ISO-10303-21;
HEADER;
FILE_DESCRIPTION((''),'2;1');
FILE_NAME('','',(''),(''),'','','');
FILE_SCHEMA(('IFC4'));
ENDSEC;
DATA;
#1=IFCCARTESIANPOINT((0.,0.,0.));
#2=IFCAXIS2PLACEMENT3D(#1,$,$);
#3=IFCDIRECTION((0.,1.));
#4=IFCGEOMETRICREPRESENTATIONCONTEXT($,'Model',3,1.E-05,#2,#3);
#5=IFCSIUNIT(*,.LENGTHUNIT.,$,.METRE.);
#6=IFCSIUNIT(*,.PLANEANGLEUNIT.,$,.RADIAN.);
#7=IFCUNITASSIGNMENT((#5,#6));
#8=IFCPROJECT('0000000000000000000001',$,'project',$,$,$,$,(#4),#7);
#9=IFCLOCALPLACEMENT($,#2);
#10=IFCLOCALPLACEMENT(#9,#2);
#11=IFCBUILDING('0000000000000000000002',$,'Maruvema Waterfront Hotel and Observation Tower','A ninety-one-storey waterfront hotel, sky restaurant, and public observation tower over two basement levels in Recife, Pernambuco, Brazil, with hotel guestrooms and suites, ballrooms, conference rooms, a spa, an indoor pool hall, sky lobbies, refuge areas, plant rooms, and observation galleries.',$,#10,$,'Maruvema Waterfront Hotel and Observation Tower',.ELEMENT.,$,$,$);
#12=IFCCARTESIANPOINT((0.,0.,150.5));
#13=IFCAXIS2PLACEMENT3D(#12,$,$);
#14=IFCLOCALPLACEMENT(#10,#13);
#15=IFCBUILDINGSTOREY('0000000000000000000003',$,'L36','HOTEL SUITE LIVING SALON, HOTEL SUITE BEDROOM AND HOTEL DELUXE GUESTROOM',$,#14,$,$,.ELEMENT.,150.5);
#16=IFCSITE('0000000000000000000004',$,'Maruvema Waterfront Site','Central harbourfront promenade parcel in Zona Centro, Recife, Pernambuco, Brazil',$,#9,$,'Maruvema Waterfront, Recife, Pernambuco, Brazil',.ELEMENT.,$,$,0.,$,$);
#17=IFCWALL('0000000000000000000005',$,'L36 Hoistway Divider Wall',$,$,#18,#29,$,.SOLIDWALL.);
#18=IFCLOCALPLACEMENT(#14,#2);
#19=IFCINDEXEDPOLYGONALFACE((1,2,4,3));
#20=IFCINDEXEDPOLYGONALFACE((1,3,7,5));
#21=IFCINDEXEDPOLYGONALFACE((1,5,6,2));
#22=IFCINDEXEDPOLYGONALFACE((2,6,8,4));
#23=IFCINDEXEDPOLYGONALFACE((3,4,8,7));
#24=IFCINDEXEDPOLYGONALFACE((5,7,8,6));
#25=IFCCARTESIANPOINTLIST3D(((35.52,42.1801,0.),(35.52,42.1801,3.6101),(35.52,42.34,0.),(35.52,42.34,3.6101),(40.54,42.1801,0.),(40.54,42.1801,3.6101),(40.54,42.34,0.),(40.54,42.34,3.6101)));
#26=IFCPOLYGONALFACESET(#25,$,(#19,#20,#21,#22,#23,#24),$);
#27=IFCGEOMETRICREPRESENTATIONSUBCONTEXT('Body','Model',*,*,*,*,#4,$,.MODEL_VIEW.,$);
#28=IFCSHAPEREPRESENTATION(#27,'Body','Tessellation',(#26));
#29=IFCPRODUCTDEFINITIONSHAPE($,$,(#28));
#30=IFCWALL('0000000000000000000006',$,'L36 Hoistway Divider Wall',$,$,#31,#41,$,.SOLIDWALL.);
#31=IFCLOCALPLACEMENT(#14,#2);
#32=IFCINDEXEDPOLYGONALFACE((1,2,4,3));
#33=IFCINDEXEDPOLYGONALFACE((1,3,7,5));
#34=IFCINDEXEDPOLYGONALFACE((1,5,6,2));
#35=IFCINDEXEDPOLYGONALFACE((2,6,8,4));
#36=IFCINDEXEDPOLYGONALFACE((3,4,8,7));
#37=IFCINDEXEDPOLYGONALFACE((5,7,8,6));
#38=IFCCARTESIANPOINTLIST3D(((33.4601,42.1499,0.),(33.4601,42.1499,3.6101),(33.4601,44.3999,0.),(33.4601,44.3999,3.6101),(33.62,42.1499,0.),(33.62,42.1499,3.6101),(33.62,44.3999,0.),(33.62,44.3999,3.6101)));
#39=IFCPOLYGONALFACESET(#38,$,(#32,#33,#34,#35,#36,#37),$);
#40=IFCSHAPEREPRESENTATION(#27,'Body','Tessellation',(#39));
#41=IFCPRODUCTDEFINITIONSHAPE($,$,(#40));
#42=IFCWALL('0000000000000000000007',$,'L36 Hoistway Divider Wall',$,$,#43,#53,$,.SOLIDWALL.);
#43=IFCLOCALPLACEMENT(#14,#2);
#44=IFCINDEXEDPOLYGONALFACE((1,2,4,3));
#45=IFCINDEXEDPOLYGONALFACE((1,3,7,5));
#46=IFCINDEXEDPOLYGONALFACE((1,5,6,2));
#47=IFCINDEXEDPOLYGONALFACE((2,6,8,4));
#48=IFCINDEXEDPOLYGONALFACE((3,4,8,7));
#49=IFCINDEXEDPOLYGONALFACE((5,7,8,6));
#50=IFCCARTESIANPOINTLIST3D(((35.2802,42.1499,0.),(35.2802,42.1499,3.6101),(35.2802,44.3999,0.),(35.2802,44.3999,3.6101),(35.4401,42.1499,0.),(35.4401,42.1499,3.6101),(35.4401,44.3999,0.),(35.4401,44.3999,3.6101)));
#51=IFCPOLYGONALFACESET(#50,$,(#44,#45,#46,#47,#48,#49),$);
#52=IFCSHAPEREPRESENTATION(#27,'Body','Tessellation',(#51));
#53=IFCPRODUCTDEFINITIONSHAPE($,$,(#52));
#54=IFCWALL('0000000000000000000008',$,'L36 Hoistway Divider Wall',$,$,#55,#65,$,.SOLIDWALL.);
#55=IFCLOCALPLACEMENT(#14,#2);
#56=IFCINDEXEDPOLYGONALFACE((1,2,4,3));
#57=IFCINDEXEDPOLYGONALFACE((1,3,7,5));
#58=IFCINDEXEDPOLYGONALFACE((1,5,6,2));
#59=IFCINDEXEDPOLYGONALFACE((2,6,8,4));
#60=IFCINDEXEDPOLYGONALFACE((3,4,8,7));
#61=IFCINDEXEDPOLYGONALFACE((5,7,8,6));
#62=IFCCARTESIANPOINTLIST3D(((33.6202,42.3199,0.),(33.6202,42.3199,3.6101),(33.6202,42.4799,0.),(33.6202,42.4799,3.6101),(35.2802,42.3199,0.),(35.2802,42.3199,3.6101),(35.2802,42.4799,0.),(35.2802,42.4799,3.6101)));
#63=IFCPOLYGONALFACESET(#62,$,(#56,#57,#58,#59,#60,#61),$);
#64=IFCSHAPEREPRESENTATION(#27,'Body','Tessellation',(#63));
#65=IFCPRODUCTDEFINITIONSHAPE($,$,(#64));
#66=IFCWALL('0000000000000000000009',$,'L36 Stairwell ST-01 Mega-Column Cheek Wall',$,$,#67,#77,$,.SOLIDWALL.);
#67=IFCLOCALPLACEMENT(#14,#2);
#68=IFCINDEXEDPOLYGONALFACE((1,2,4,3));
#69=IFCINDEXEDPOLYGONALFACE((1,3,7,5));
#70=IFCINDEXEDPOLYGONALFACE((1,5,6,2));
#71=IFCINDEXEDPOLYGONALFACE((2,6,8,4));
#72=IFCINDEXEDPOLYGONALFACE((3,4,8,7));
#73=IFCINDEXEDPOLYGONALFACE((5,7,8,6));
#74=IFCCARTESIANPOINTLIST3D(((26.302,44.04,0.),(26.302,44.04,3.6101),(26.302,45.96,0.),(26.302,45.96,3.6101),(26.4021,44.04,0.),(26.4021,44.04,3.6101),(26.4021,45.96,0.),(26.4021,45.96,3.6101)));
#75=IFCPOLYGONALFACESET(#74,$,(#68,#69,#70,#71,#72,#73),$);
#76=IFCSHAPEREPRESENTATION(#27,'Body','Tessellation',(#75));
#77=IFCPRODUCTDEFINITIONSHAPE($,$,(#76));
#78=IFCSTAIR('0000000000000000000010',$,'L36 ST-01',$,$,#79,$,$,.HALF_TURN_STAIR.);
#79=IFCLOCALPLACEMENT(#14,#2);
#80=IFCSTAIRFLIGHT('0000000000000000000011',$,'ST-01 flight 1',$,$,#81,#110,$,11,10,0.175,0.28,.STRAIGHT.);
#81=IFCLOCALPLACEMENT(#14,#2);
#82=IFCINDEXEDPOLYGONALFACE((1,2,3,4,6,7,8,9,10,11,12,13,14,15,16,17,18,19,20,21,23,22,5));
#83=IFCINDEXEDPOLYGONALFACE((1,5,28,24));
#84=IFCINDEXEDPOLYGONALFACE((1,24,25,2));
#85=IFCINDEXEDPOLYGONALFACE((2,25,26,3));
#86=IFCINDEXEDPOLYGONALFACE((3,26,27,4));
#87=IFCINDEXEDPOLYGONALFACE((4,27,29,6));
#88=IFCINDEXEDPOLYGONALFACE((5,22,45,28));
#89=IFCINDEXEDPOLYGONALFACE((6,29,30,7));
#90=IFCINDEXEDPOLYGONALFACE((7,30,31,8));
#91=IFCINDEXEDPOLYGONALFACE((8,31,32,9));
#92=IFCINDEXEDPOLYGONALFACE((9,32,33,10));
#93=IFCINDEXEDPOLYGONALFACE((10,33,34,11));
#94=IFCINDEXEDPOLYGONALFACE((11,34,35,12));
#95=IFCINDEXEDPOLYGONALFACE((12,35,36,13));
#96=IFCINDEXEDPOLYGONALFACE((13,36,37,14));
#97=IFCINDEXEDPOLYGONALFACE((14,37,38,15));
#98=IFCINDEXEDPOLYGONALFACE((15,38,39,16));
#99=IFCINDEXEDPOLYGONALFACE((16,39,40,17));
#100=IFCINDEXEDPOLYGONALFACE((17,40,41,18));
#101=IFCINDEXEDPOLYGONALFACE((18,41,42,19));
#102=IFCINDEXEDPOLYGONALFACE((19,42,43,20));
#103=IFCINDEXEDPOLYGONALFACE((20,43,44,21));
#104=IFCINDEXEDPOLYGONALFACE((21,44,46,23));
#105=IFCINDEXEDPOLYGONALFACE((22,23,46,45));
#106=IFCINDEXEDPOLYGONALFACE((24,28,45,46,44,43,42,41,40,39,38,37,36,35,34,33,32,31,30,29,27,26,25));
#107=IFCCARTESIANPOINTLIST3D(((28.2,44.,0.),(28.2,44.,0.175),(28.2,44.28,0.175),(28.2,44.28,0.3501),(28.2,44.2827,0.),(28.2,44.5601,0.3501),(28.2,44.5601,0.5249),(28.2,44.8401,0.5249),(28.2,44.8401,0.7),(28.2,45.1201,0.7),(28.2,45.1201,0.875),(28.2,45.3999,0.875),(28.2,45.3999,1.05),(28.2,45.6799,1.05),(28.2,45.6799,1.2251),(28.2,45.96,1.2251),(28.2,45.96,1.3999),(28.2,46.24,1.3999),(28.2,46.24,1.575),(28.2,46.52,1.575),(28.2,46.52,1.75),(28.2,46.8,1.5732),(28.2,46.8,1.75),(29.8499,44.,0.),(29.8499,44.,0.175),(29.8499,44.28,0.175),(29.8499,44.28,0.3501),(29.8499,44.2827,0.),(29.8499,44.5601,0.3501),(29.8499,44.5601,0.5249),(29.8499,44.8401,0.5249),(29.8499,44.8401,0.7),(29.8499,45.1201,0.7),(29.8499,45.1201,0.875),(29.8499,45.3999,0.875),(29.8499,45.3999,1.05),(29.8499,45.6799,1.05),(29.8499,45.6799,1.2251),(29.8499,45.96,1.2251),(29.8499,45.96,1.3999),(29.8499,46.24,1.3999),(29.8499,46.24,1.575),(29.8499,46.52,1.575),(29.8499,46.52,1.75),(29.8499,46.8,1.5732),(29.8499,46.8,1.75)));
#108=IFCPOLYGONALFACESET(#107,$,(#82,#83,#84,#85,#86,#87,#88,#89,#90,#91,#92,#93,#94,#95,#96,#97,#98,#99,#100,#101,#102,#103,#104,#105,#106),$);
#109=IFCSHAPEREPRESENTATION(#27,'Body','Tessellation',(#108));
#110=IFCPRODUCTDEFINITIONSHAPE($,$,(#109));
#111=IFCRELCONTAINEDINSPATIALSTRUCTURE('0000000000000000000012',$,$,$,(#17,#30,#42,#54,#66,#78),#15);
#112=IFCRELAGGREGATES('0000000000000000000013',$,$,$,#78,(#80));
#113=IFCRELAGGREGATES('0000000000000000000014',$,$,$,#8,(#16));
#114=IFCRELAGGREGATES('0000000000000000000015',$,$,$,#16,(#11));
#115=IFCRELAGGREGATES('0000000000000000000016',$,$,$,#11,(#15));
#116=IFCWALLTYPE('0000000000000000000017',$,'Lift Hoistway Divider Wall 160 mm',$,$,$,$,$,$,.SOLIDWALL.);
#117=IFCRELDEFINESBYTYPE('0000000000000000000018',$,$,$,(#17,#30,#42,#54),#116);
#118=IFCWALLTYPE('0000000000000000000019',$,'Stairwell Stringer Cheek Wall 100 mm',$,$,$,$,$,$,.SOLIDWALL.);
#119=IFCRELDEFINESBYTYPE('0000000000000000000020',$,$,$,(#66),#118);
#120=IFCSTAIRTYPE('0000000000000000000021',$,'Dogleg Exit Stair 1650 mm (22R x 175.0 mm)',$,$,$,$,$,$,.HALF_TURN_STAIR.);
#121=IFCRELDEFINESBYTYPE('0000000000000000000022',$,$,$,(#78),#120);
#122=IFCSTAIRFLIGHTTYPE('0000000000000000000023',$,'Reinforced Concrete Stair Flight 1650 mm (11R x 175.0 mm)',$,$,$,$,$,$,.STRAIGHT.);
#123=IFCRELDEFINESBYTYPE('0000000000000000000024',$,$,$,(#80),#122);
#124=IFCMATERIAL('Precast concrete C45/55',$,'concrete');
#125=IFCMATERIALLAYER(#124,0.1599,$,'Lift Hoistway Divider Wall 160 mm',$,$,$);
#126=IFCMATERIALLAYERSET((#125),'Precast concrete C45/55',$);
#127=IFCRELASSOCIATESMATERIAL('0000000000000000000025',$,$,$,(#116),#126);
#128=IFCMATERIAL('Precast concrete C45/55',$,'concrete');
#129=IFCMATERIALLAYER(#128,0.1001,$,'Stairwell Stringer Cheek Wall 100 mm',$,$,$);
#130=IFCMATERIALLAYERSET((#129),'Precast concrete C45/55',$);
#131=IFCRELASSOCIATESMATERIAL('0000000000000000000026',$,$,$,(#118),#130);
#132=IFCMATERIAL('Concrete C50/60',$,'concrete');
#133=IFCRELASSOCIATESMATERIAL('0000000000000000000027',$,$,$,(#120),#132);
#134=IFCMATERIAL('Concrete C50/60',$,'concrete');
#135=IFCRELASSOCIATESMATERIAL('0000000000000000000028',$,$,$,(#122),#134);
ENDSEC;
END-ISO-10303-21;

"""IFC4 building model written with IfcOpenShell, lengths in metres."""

from ifc_helpers import new_model, si_unit, direction, frame, frame_2d, origin, place, context, subcontext, project, spatial, polyline, rectangle, outline, extrude, material, layer, layer_set, type_object, element, aggregate, save


model = new_model("IFC4")

# Units and contexts
model_context = context("Model", 3, precision=1e-05, world=origin(), true_north=direction((0.0, 1.0)))
body_context = subcontext(model_context, "Body", "Model", "MODEL_VIEW")
ifc_project = project(units=[si_unit("LENGTHUNIT", "METRE"), si_unit("PLANEANGLEUNIT", "RADIAN")], contexts=[model_context])

# Site, building, storey
site_placement = place(None, origin())
site = spatial("IfcSite", under=ifc_project, at=site_placement, Name="Maruvema Waterfront Site", Description="Central harbourfront promenade parcel in Zona Centro, Recife, Pernambuco, Brazil", LongName="Maruvema Waterfront, Recife, Pernambuco, Brazil", CompositionType="ELEMENT", RefElevation=0.0)
building_placement = place(site_placement, origin())
building = spatial("IfcBuilding", under=site, at=building_placement, Name="Maruvema Waterfront Hotel and Observation Tower", Description="A ninety-one-storey waterfront hotel, sky restaurant, and public observation tower over two basement levels in Recife, Pernambuco, Brazil, with hotel guestrooms and suites, ballrooms, conference rooms, a spa, an indoor pool hall, sky lobbies, refuge areas, plant rooms, and observation galleries.", LongName="Maruvema Waterfront Hotel and Observation Tower", CompositionType="ELEMENT")
storey_placement = place(building_placement, frame((0.0, 0.0, 150.5)))
storey = spatial("IfcBuildingStorey", under=building, at=storey_placement, Name="L36", Description="HOTEL SUITE LIVING SALON, HOTEL SUITE BEDROOM AND HOTEL DELUXE GUESTROOM", CompositionType="ELEMENT", Elevation=150.5)

# Walls
ifc_material_1 = material(Name="Precast concrete C45/55", Category="concrete")
ifc_layer_1 = layer(ifc_material_1, 0.1599, Name="Lift Hoistway Divider Wall 160 mm")
ifc_layer_set_1 = layer_set([ifc_layer_1], Name="Precast concrete C45/55")
wall_type_1 = type_object("IfcWallType", Name="Lift Hoistway Divider Wall 160 mm", PredefinedType="SOLIDWALL", material=ifc_layer_set_1)
wall_1_placement = place(storey_placement, frame((35.52, 42.26, 0.0), z_axis=(0.0, 0.0, 1.0), x_axis=(1.0, 0.0, 0.0)))
element("IfcWall", 1, at=wall_1_placement, inside=storey, type_object=wall_type_1, Name="L36 Hoistway Divider Wall", PredefinedType="SOLIDWALL", context=body_context, shape_type="SweptSolid", body=[
    extrude(rectangle(XDim=5.02, YDim=0.1599, at=frame_2d((2.51, 0.0))), origin(), (0.0, 0.0, 1.0), 3.6101),
])
for number, where, z_axis, x_axis, name in (
    (2, (33.54, 42.1499, 0.0), (0.0, 0.0, 1.0), (0.0, 1.0, 0.0), "L36 Hoistway Divider Wall"),
    (3, (35.3601, 42.1499, 0.0), (0.0, 0.0, 1.0), (0.0, 1.0, 0.0), "L36 Hoistway Divider Wall"),
):
    element("IfcWall", number, at=place(storey_placement, frame(where, z_axis=z_axis, x_axis=x_axis)), inside=storey, type_object=wall_type_1, Name=name, PredefinedType="SOLIDWALL", context=body_context, shape_type="SweptSolid", body=[
        extrude(rectangle(XDim=2.25, YDim=0.1599, at=frame_2d((1.125, 0.0))), origin(), (0.0, 0.0, 1.0), 3.6101),
    ])
wall_2_placement = place(storey_placement, frame((33.6201, 42.3999, 0.0), z_axis=(0.0, 0.0, 1.0), x_axis=(1.0, 0.0, 0.0)))
element("IfcWall", 4, at=wall_2_placement, inside=storey, type_object=wall_type_1, Name="L36 Hoistway Divider Wall", PredefinedType="SOLIDWALL", context=body_context, shape_type="SweptSolid", body=[
    extrude(rectangle(XDim=1.6599, YDim=0.1599, at=frame_2d((0.8301, 0.0))), origin(), (0.0, 0.0, 1.0), 3.6101),
])
ifc_material_2 = material(Name="Precast concrete C45/55", Category="concrete")
ifc_layer_2 = layer(ifc_material_2, 0.1001, Name="Stairwell Stringer Cheek Wall 100 mm")
ifc_layer_set_2 = layer_set([ifc_layer_2], Name="Precast concrete C45/55")
wall_type_2 = type_object("IfcWallType", Name="Stairwell Stringer Cheek Wall 100 mm", PredefinedType="SOLIDWALL", material=ifc_layer_set_2)
wall_3_placement = place(storey_placement, frame((26.3521, 44.04, 0.0), z_axis=(0.0, 0.0, 1.0), x_axis=(0.0, 1.0, 0.0)))
element("IfcWall", 5, at=wall_3_placement, inside=storey, type_object=wall_type_2, Name="L36 Stairwell ST-01 Mega-Column Cheek Wall", PredefinedType="SOLIDWALL", context=body_context, shape_type="SweptSolid", body=[
    extrude(rectangle(XDim=1.9199, YDim=0.1001, at=frame_2d((0.96, 0.0))), origin(), (0.0, 0.0, 1.0), 3.6101),
])

# Stair, stair flight
ifc_material_3 = material(Name="Concrete C50/60", Category="concrete")
stair_type = type_object("IfcStairType", Name="Dogleg Exit Stair 1650 mm (22R x 175.0 mm)", PredefinedType="HALF_TURN_STAIR", material=ifc_material_3)
stair_placement = place(storey_placement, origin())
stair = element("IfcStair", 6, at=stair_placement, inside=storey, type_object=stair_type, Name="L36 ST-01", PredefinedType="HALF_TURN_STAIR")
ifc_material_4 = material(Name="Concrete C50/60", Category="concrete")
stair_flight_type = type_object("IfcStairFlightType", Name="Reinforced Concrete Stair Flight 1650 mm (11R x 175.0 mm)", PredefinedType="STRAIGHT", material=ifc_material_4)
stair_flight_placement = place(storey_placement, frame((29.0249, 44.0, 0.0), z_axis=(0.0, 0.0, 1.0), x_axis=(0.0, 1.0, 0.0)))
stair_flight = element("IfcStairFlight", 7, at=stair_flight_placement, type_object=stair_flight_type, Name="ST-01 flight 1", NumberOfRisers=11, NumberOfTreads=10, PredefinedType="STRAIGHT", RiserHeight=0.175, TreadLength=0.28, context=body_context, shape_type="SweptSolid", body=[
    extrude(outline(polyline([(0.0, 0.0), (0.0, 0.175), (0.28, 0.175), (0.28, 0.3501), (0.5601, 0.3501), (0.5601, 0.5249), (0.8401, 0.5249), (0.8401, 0.7), (1.1201, 0.7), (1.1201, 0.875), (1.3999, 0.875), (1.3999, 1.05), (1.6799, 1.05), (1.6799, 1.2251), (1.96, 1.2251), (1.96, 1.3999), (2.24, 1.3999), (2.24, 1.575), (2.52, 1.575), (2.52, 1.75), (2.8, 1.75), (2.8, 1.925), (2.8, 1.5732), (0.2827, 0.0), (0.0, 0.0)])), frame((0.0, 0.825, 0.0), z_axis=(0.0, -1.0, 0.0), x_axis=(1.0, 0.0, 0.0)), (0.0, 0.0, 1.0), 1.6499),
])
aggregate(stair, [stair_flight])

save(model, "model.ifc")
